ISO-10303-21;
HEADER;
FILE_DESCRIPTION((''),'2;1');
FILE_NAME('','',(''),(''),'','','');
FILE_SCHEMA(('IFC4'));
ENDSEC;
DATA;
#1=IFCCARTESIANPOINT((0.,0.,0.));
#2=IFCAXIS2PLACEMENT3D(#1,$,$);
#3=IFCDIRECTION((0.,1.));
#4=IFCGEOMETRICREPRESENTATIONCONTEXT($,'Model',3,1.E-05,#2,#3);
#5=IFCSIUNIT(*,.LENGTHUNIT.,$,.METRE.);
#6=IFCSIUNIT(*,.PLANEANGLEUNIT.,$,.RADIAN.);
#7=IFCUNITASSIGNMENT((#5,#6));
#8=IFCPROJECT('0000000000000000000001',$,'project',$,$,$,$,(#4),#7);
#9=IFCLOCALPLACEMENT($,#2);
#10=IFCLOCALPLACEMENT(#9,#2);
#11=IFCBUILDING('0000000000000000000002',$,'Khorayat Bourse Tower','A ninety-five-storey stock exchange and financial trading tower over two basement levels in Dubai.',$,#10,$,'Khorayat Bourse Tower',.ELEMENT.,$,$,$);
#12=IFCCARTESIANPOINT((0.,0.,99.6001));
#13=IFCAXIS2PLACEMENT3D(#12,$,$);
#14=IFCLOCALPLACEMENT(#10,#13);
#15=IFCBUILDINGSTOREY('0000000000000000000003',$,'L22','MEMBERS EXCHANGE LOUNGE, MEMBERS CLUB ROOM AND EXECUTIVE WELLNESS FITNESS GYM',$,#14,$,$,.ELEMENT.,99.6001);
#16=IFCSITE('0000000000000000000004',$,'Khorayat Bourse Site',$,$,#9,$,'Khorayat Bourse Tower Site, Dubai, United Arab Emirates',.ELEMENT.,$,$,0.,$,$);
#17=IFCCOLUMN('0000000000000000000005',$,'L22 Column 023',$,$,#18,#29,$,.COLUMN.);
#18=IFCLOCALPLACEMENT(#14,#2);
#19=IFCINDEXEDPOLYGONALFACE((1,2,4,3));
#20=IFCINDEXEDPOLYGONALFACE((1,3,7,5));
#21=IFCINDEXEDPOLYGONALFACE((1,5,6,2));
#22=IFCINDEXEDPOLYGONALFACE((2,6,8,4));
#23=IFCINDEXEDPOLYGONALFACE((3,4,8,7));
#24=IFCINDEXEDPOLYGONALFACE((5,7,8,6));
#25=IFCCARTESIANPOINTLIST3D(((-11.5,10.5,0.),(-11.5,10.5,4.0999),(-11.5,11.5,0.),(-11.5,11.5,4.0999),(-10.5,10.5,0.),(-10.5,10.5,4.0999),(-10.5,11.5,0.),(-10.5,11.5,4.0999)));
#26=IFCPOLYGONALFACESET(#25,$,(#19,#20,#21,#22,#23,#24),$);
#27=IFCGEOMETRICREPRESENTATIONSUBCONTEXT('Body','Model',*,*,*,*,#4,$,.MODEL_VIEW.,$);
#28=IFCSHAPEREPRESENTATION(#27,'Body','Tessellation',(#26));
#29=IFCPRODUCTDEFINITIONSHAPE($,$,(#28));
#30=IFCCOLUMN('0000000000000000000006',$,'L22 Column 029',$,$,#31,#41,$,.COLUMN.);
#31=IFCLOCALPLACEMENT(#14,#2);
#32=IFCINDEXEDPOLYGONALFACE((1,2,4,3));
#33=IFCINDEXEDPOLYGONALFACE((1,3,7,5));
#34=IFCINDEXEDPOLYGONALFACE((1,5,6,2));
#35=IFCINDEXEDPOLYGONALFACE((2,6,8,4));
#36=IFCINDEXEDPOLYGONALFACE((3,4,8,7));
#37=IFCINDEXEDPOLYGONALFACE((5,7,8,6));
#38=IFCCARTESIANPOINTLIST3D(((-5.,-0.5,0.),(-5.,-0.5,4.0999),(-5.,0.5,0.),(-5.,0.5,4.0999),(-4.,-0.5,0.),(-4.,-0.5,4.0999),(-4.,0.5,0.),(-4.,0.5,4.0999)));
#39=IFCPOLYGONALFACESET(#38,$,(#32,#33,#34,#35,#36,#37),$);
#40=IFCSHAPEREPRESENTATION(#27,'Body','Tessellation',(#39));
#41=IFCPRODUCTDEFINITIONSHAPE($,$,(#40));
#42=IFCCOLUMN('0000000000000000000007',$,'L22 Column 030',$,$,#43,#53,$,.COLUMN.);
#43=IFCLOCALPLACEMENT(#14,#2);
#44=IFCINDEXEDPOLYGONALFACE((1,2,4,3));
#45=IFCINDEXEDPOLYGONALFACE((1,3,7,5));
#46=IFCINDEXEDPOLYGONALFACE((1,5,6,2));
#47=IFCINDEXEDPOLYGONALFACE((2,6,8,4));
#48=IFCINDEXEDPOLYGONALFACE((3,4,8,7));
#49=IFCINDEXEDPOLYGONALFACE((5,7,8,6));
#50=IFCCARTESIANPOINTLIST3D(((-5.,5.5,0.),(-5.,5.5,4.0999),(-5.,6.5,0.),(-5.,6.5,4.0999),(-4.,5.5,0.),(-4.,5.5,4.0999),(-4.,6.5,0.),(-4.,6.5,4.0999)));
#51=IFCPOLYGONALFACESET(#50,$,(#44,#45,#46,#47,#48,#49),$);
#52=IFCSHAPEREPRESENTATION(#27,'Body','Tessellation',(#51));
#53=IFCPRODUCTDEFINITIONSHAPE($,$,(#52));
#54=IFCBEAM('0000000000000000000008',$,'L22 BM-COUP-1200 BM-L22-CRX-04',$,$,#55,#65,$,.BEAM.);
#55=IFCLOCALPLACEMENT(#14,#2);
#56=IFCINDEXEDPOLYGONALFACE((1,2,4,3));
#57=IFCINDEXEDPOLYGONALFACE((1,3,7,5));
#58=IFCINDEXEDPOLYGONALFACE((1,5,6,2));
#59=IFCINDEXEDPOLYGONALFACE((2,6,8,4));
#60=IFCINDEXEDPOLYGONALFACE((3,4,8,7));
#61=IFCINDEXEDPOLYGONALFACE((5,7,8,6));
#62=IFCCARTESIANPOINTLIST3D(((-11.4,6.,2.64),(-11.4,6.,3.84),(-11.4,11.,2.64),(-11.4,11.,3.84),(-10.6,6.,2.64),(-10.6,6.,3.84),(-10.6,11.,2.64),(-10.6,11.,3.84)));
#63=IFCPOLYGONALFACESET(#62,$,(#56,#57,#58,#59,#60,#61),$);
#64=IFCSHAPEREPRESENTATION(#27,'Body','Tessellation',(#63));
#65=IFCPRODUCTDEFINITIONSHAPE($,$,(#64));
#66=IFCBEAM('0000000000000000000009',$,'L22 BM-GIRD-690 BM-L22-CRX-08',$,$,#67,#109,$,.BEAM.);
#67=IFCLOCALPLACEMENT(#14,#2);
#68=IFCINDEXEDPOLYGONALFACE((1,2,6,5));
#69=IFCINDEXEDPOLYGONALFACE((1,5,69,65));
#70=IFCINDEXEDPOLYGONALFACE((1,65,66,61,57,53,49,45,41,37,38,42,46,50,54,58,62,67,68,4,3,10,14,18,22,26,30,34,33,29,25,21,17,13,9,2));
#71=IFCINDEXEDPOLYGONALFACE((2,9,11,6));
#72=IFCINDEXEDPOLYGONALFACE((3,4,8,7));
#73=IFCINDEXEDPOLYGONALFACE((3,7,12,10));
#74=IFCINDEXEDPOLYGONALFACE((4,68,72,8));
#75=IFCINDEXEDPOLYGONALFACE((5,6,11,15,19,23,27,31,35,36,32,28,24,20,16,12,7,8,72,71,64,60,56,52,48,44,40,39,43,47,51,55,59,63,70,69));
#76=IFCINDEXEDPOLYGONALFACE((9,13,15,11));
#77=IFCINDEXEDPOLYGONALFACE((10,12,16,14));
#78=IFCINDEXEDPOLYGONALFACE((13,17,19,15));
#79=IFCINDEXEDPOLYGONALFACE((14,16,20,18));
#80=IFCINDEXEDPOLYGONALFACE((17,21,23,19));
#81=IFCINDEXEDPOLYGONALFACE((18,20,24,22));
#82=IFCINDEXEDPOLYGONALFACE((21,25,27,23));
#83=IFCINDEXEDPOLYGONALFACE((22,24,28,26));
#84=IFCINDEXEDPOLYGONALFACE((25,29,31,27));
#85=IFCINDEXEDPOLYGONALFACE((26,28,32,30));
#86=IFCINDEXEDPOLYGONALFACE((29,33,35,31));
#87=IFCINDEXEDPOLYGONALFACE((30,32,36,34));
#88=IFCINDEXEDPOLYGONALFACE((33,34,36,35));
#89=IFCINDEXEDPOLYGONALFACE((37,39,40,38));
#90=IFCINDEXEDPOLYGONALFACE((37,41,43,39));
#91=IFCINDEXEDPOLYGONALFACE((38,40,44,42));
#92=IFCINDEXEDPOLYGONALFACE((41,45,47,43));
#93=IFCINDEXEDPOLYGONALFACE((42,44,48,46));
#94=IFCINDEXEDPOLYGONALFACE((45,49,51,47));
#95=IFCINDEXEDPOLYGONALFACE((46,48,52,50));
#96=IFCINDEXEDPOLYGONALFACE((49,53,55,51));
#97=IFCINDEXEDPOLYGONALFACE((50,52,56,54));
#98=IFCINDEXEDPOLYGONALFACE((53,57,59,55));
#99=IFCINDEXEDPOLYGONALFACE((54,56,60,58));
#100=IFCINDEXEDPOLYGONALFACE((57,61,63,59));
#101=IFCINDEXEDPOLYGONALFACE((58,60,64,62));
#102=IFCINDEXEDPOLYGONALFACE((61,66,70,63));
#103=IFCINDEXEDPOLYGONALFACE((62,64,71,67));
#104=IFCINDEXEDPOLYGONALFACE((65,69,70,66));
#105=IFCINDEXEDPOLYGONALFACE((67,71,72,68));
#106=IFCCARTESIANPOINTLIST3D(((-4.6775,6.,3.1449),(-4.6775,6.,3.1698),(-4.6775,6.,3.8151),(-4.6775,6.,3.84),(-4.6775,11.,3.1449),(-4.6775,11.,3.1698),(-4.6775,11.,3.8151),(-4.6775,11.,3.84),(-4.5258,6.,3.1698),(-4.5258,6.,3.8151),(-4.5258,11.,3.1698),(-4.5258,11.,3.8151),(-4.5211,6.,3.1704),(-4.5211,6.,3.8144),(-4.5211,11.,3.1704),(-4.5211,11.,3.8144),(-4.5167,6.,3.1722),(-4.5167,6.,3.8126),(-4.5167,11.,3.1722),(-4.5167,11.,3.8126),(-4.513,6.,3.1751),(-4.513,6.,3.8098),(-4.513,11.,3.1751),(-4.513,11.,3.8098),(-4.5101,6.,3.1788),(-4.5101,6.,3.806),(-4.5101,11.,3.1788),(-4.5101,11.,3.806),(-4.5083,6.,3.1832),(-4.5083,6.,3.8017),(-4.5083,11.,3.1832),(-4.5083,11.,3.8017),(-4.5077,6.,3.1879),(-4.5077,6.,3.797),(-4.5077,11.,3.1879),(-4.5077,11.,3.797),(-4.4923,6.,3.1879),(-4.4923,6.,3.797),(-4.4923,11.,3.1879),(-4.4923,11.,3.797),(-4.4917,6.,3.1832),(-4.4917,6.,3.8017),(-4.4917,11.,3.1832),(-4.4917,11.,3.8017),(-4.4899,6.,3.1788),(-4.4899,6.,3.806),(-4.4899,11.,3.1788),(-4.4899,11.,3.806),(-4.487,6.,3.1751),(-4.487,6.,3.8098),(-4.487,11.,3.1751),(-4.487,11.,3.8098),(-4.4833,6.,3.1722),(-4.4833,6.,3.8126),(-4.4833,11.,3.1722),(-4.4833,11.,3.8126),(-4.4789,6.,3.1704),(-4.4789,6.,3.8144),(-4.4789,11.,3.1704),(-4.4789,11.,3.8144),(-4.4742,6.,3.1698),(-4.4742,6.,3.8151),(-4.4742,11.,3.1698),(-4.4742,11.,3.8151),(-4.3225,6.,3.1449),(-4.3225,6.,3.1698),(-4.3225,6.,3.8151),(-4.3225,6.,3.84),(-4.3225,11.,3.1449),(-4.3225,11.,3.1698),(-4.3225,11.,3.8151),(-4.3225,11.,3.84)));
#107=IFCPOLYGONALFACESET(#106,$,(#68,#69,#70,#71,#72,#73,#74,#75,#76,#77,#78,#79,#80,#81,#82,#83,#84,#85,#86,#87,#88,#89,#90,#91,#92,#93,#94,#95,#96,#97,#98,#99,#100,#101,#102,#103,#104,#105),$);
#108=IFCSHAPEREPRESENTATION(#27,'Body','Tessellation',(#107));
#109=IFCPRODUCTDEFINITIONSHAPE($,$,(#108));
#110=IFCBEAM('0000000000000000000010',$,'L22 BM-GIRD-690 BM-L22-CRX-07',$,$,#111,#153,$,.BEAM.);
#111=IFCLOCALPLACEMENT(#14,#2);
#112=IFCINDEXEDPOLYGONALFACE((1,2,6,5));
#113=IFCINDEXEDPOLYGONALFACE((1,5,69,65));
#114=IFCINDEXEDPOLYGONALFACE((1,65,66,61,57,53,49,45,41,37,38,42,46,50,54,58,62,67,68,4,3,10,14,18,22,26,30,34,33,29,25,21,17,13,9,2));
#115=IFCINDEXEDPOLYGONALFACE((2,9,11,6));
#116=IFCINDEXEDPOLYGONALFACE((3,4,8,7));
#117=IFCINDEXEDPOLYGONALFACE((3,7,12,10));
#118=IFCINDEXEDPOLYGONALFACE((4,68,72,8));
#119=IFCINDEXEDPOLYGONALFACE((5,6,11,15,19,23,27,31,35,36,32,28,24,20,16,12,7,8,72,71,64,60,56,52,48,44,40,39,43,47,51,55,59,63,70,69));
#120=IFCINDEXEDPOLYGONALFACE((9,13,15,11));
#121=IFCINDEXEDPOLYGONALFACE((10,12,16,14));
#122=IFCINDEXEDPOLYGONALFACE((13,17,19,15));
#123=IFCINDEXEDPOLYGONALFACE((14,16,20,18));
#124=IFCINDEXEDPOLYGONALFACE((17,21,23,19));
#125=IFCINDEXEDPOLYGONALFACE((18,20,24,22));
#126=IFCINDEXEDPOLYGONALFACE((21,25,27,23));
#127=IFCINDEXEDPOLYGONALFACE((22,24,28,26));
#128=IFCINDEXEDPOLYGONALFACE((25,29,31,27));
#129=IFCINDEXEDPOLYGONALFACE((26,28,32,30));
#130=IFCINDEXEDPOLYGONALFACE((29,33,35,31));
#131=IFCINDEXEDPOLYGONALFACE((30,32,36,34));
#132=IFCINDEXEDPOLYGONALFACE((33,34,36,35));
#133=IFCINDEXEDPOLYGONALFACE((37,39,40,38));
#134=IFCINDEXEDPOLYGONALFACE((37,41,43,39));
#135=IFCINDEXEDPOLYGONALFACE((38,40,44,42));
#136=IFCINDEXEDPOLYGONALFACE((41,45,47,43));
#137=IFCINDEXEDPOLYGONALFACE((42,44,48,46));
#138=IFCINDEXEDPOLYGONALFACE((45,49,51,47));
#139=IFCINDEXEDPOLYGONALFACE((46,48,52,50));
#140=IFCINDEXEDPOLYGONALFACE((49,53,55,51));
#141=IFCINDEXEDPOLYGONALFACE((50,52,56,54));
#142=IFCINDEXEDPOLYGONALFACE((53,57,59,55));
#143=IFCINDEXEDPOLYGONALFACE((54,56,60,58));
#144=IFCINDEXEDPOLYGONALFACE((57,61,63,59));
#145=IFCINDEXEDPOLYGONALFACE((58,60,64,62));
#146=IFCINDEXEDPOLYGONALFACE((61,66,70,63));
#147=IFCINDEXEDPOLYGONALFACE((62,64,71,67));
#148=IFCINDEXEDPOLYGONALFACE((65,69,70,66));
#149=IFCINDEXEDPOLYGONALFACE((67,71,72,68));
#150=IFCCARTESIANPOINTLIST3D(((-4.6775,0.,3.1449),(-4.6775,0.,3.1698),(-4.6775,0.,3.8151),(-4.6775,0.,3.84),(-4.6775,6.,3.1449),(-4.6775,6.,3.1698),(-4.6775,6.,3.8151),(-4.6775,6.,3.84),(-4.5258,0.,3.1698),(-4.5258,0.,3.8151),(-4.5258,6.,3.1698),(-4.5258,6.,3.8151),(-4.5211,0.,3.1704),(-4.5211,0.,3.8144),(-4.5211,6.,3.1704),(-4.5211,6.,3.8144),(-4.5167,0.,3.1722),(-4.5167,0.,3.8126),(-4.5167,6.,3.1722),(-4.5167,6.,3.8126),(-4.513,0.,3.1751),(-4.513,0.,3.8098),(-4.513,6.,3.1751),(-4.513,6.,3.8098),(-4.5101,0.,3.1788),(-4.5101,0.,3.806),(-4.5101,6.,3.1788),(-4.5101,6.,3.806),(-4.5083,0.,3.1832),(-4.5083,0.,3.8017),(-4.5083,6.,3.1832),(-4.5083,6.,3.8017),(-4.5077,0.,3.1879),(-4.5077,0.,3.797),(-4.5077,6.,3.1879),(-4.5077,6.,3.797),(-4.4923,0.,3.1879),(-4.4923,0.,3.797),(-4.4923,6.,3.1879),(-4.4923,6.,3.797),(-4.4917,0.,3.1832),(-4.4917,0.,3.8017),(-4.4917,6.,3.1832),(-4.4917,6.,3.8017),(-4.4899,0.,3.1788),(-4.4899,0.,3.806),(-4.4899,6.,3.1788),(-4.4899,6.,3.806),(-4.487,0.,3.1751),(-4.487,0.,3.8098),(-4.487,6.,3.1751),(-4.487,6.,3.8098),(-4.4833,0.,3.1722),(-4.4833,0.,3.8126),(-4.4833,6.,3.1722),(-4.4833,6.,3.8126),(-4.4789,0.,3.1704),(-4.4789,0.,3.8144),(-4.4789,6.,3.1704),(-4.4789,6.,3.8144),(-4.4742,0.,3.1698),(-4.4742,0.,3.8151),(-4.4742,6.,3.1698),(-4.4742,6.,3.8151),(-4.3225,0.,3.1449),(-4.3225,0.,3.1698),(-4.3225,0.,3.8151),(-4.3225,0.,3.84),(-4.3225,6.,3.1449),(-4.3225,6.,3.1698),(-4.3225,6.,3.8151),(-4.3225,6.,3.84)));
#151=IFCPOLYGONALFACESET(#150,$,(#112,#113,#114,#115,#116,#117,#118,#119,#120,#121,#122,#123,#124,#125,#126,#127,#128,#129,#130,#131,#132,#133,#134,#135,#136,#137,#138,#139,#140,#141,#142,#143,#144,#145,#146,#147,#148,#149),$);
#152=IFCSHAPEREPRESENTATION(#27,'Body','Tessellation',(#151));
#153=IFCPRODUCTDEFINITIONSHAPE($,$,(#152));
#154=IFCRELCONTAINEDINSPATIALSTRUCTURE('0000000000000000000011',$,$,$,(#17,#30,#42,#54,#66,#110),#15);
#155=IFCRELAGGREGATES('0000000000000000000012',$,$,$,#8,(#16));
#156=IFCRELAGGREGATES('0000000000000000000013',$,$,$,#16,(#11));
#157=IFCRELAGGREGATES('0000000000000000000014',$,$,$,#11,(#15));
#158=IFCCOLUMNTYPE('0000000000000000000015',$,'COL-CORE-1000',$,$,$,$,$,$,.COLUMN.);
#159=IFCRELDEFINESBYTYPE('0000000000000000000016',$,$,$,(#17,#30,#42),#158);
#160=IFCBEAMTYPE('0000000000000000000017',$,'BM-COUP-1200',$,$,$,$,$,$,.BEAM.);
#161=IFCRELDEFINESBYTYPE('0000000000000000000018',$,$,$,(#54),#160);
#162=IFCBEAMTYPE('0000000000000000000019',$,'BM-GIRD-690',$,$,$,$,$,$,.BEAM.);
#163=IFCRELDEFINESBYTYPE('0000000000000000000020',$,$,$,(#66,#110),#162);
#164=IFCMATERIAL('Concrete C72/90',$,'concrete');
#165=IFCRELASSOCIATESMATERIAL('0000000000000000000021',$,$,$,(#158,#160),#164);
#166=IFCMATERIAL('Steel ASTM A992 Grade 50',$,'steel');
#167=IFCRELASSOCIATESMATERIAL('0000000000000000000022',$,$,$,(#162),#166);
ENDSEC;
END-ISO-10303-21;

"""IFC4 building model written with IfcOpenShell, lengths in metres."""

from ifc_helpers import new_model, si_unit, direction, frame, origin, origin_2d, place, context, subcontext, project, spatial, rectangle, i_section, extrude, source, transform, mapped, material, material_profile, profile_set, type_object, element, save


model = new_model("IFC4")

# Units and contexts
model_context = context("Model", 3, precision=1e-05, world=origin(), true_north=direction((0.0, 1.0)))
body_context = subcontext(model_context, "Body", "Model", "MODEL_VIEW")
ifc_project = project(units=[si_unit("LENGTHUNIT", "METRE"), si_unit("PLANEANGLEUNIT", "RADIAN")], contexts=[model_context])

# Site, building, storey
site_placement = place(None, origin())
site = spatial("IfcSite", under=ifc_project, at=site_placement, Name="Khorayat Bourse Site", LongName="Khorayat Bourse Tower Site, Dubai, United Arab Emirates", CompositionType="ELEMENT", RefElevation=0.0)
building_placement = place(site_placement, origin())
building = spatial("IfcBuilding", under=site, at=building_placement, Name="Khorayat Bourse Tower", Description="A ninety-five-storey stock exchange and financial trading tower over two basement levels in Dubai.", LongName="Khorayat Bourse Tower", CompositionType="ELEMENT")
storey_placement = place(building_placement, frame((0.0, 0.0, 99.6001)))
storey = spatial("IfcBuildingStorey", under=building, at=storey_placement, Name="L22", Description="MEMBERS EXCHANGE LOUNGE, MEMBERS CLUB ROOM AND EXECUTIVE WELLNESS FITNESS GYM", CompositionType="ELEMENT", Elevation=99.6001)

# Columns
ifc_material_1 = material(Name="Concrete C72/90", Category="concrete")
ifc_material_profile_1 = material_profile(ifc_material_1, rectangle(XDim=1.0, YDim=1.0, at=origin_2d()), Name="RC 1000x1000")
ifc_profile_set_1 = profile_set([ifc_material_profile_1], Name="Concrete C72/90")
column_type = type_object("IfcColumnType", Name="COL-CORE-1000", PredefinedType="COLUMN", material=ifc_profile_set_1)
shared_shape_1 = source(origin(), body_context, "Body", "SweptSolid", [
    extrude(rectangle(XDim=1.0, YDim=1.0, at=origin_2d()), origin(), (0.0, 0.0, 1.0), 4.0999),
])
for number, where, z_axis, x_axis, name in (
    (1, (-11.0, 11.0, 0.0), (0.0, 0.0, 1.0), (1.0, 0.0, 0.0), "L22 Column 023"),
    (2, (-4.5, 0.0, 0.0), (0.0, 0.0, 1.0), (1.0, 0.0, 0.0), "L22 Column 029"),
    (3, (-4.5, 6.0, 0.0), (0.0, 0.0, 1.0), (1.0, 0.0, 0.0), "L22 Column 030"),
):
    element("IfcColumn", number, at=place(storey_placement, frame(where, z_axis=z_axis, x_axis=x_axis)), inside=storey, type_object=column_type, Name=name, PredefinedType="COLUMN", context=body_context, shape_type="MappedRepresentation", body=[
        mapped(shared_shape_1, transform((0.0, 0.0, 0.0), scale=1.0)),
    ])

# Beams
ifc_material_profile_2 = material_profile(ifc_material_1, rectangle(XDim=0.8, YDim=1.2, at=origin_2d()), Name="RC 800x1200")
ifc_profile_set_2 = profile_set([ifc_material_profile_2], Name="Concrete C72/90")
beam_type_1 = type_object("IfcBeamType", Name="BM-COUP-1200", PredefinedType="BEAM", material=ifc_profile_set_2)
shared_shape_2 = source(origin(), body_context, "Body", "SweptSolid", [
    extrude(rectangle(XDim=0.8, YDim=1.2, at=origin_2d()), origin(), (0.0, 0.0, 1.0), 5.0),
])
beam_1_placement = place(storey_placement, frame((-11.0, 6.0, 3.24), z_axis=(0.0, 1.0, 0.0), x_axis=(-1.0, 0.0, 0.0)))
element("IfcBeam", 4, at=beam_1_placement, inside=storey, type_object=beam_type_1, Name="L22 BM-COUP-1200 BM-L22-CRX-04", PredefinedType="BEAM", context=body_context, shape_type="MappedRepresentation", body=[
    mapped(shared_shape_2, transform((0.0, 0.0, 0.0), scale=1.0)),
])
ifc_material_2 = material(Name="Steel ASTM A992 Grade 50", Category="steel")
ifc_material_profile_3 = material_profile(ifc_material_2, i_section(OverallWidth=0.355, OverallDepth=0.6951, WebThickness=0.0154, FlangeThickness=0.0249, FilletRadius=0.0181, at=origin_2d()), Name="W690X217")
ifc_profile_set_3 = profile_set([ifc_material_profile_3], Name="Steel ASTM A992 Grade 50")
beam_type_2 = type_object("IfcBeamType", Name="BM-GIRD-690", PredefinedType="BEAM", material=ifc_profile_set_3)
shared_shape_3 = source(origin(), body_context, "Body", "SweptSolid", [
    extrude(i_section(OverallWidth=0.355, OverallDepth=0.6951, WebThickness=0.0154, FlangeThickness=0.0249, FilletRadius=0.0181, at=origin_2d()), origin(), (0.0, 0.0, 1.0), 5.0),
])
beam_2_placement = place(storey_placement, frame((-4.5, 6.0, 3.4924), z_axis=(0.0, 1.0, 0.0), x_axis=(-1.0, 0.0, 0.0)))
element("IfcBeam", 5, at=beam_2_placement, inside=storey, type_object=beam_type_2, Name="L22 BM-GIRD-690 BM-L22-CRX-08", PredefinedType="BEAM", context=body_context, shape_type="MappedRepresentation", body=[
    mapped(shared_shape_3, transform((0.0, 0.0, 0.0), scale=1.0)),
])
shared_shape_4 = source(origin(), body_context, "Body", "SweptSolid", [
    extrude(i_section(OverallWidth=0.355, OverallDepth=0.6951, WebThickness=0.0154, FlangeThickness=0.0249, FilletRadius=0.0181, at=origin_2d()), origin(), (0.0, 0.0, 1.0), 6.0),
])
beam_3_placement = place(storey_placement, frame((-4.5, 0.0, 3.4924), z_axis=(0.0, 1.0, 0.0), x_axis=(-1.0, 0.0, 0.0)))
element("IfcBeam", 6, at=beam_3_placement, inside=storey, type_object=beam_type_2, Name="L22 BM-GIRD-690 BM-L22-CRX-07", PredefinedType="BEAM", context=body_context, shape_type="MappedRepresentation", body=[
    mapped(shared_shape_4, transform((0.0, 0.0, 0.0), scale=1.0)),
])

save(model, "model.ifc")
